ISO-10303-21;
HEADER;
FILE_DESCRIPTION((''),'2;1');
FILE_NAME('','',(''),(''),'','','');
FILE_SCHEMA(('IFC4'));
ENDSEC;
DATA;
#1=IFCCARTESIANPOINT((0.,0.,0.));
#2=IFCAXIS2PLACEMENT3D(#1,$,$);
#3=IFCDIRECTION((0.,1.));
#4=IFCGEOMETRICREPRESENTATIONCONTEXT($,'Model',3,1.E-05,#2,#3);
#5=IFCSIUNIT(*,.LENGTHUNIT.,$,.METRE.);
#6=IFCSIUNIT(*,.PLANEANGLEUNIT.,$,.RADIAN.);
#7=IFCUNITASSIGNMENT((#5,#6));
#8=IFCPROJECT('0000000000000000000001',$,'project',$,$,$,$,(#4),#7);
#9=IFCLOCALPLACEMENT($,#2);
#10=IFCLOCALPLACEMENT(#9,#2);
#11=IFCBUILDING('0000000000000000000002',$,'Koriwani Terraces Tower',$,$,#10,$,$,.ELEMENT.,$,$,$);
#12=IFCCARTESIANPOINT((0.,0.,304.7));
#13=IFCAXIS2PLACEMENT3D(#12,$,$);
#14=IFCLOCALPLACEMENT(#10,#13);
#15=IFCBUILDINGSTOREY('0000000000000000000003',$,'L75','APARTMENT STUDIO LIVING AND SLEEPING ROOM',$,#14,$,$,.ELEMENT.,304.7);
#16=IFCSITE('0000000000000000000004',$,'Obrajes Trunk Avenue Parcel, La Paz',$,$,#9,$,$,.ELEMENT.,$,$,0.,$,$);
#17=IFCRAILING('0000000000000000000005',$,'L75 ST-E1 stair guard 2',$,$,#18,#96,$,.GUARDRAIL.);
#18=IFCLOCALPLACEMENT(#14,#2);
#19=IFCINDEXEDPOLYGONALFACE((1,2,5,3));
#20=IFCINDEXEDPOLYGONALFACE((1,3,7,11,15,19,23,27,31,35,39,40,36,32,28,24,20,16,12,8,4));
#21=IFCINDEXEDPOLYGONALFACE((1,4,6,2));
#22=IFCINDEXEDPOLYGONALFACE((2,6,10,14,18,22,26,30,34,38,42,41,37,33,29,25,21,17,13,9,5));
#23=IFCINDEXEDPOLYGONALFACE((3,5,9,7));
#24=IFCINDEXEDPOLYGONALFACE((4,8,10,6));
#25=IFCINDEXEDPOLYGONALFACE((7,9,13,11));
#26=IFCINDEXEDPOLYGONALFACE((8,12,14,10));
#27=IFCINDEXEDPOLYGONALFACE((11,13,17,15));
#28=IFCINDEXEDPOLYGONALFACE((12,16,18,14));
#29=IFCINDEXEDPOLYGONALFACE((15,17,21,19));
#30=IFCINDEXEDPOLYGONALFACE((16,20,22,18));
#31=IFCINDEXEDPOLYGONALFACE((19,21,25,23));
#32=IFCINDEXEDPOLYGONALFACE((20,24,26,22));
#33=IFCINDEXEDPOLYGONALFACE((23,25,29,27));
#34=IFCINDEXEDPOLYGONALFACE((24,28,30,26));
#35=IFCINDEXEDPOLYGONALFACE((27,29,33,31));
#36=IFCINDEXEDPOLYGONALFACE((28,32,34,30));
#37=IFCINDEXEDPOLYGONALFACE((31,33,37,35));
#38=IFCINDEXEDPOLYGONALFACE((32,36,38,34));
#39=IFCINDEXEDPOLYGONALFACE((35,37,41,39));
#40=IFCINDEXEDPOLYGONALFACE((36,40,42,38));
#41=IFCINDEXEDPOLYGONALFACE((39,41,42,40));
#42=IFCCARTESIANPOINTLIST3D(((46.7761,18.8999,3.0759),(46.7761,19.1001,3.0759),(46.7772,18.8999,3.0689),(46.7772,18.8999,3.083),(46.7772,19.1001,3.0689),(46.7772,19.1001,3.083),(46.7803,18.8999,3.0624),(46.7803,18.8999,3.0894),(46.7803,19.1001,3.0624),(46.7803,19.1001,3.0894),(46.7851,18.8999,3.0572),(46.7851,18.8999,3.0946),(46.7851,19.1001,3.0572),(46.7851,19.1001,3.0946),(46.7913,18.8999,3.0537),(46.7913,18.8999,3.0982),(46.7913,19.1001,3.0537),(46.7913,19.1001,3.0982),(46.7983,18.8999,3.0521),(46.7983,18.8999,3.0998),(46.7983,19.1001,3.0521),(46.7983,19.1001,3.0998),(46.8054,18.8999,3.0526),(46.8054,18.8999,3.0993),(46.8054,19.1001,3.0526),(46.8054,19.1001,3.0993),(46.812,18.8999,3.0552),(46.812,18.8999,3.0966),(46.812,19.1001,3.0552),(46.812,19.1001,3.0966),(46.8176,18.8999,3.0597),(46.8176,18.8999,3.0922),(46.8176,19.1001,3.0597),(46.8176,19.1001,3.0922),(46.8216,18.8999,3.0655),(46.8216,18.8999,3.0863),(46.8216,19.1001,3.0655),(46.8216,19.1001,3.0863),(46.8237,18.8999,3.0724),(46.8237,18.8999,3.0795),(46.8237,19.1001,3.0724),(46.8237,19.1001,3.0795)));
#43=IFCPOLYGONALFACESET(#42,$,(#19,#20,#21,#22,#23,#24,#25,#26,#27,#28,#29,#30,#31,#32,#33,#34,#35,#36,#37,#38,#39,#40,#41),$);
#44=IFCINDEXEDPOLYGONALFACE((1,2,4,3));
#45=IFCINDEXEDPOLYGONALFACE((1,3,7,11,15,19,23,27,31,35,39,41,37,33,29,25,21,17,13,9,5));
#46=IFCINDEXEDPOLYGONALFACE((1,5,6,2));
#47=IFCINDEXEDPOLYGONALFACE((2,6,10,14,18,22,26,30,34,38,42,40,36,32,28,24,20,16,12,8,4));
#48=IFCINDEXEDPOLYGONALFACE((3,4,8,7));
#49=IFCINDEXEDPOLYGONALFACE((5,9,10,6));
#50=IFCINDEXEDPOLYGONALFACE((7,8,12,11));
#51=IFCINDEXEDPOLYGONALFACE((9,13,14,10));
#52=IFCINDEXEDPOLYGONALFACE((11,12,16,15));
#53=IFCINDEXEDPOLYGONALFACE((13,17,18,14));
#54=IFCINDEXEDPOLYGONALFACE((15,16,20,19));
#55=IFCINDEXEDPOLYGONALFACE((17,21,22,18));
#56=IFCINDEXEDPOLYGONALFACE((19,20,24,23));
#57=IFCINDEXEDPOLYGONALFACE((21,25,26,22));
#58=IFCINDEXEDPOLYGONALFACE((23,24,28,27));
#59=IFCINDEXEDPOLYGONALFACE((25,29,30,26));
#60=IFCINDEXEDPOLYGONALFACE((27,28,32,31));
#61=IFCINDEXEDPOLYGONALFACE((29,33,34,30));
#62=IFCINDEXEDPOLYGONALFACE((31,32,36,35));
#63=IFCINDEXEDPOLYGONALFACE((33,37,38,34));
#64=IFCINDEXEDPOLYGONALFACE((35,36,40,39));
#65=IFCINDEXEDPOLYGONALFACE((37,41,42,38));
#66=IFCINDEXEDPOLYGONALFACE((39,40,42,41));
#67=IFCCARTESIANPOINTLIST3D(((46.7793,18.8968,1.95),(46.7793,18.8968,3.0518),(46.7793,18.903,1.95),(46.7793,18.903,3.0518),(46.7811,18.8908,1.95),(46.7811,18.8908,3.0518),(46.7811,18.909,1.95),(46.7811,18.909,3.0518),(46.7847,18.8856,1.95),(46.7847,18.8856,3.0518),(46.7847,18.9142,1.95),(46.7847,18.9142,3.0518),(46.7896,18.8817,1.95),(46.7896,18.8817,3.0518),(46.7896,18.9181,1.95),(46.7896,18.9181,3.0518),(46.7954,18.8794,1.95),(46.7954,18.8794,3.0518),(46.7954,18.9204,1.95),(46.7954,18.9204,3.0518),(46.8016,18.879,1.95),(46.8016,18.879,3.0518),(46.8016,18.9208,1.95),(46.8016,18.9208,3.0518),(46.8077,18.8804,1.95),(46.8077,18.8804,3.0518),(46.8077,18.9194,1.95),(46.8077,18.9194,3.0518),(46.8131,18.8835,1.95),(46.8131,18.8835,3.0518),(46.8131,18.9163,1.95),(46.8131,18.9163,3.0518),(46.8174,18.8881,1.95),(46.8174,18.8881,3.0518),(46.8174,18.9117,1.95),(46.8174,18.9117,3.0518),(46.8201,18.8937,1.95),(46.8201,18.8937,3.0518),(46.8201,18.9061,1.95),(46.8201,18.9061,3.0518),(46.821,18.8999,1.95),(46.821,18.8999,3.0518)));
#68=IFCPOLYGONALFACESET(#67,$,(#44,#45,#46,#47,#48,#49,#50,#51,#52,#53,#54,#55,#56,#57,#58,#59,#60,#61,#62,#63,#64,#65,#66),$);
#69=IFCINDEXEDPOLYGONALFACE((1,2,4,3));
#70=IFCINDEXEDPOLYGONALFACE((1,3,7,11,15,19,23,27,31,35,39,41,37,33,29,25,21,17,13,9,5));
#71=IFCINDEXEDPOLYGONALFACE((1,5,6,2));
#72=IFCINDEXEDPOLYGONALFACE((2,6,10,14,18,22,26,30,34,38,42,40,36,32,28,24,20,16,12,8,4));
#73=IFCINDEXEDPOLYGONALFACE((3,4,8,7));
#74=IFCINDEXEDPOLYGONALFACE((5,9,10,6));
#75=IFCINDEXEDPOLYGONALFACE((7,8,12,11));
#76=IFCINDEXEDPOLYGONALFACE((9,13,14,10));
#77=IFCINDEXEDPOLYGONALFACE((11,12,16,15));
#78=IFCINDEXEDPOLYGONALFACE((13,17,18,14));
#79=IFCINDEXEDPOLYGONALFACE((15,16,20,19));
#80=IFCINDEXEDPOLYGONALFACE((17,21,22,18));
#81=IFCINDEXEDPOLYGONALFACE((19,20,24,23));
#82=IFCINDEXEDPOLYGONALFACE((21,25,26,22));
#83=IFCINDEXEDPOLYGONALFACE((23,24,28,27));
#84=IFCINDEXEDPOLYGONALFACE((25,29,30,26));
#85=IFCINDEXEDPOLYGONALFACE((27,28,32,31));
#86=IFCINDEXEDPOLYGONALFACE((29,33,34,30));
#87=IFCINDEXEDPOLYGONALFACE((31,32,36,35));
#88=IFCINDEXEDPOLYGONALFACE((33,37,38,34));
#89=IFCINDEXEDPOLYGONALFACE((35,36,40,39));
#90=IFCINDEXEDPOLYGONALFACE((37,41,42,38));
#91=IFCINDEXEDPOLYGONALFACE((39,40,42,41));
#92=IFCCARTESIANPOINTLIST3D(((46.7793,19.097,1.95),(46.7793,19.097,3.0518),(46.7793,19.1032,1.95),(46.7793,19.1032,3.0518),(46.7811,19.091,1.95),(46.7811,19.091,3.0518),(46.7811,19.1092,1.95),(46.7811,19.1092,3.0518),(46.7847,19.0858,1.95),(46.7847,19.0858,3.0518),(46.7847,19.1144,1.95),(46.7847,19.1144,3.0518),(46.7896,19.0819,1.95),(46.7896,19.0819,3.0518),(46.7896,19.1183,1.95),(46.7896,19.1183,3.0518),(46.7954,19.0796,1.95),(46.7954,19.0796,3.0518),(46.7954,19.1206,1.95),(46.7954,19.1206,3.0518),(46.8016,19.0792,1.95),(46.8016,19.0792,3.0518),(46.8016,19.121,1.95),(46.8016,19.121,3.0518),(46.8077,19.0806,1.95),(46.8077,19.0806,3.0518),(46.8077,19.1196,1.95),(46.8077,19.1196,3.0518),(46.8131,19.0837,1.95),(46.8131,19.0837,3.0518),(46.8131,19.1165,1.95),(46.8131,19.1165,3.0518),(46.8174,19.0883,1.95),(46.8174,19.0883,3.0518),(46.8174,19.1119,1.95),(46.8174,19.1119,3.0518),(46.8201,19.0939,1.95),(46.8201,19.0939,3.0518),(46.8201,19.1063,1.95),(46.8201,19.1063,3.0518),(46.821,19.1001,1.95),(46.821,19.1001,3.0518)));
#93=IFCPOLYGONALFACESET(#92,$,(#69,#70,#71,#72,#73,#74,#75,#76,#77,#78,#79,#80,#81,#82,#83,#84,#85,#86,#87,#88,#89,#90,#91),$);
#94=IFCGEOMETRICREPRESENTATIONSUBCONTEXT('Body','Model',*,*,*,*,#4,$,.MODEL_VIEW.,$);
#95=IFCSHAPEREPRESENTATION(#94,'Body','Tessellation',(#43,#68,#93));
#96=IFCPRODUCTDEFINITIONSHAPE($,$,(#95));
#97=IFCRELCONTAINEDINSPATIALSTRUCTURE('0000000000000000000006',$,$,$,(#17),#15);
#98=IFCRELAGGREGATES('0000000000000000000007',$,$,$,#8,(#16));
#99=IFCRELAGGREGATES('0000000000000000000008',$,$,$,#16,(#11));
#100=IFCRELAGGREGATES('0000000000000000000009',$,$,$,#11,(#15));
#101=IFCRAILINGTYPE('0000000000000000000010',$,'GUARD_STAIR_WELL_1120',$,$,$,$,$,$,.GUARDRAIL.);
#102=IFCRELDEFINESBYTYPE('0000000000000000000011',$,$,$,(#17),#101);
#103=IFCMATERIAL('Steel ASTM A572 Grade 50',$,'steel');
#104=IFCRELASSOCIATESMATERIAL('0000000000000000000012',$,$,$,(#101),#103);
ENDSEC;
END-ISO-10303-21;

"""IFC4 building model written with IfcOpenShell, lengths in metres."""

from ifc_helpers import new_model, si_unit, direction, frame, origin, origin_2d, place, context, subcontext, project, spatial, circle, extrude, material, type_object, element, save


model = new_model("IFC4")

# Units and contexts
model_context = context("Model", 3, precision=1e-05, world=origin(), true_north=direction((0.0, 1.0)))
body_context = subcontext(model_context, "Body", "Model", "MODEL_VIEW")
ifc_project = project(units=[si_unit("LENGTHUNIT", "METRE"), si_unit("PLANEANGLEUNIT", "RADIAN")], contexts=[model_context])

# Site, building, storey
site_placement = place(None, origin())
site = spatial("IfcSite", under=ifc_project, at=site_placement, Name="Obrajes Trunk Avenue Parcel, La Paz", CompositionType="ELEMENT", RefElevation=0.0)
building_placement = place(site_placement, origin())
building = spatial("IfcBuilding", under=site, at=building_placement, Name="Koriwani Terraces Tower", CompositionType="ELEMENT")
storey_placement = place(building_placement, frame((0.0, 0.0, 304.7)))
storey = spatial("IfcBuildingStorey", under=building, at=storey_placement, Name="L75", Description="APARTMENT STUDIO LIVING AND SLEEPING ROOM", CompositionType="ELEMENT", Elevation=304.7)

# Shared definitions
ifc_material_1 = material(Name="Steel ASTM A572 Grade 50", Category="steel")

# Railing
railing_type_1 = type_object("IfcRailingType", Name="GUARD_STAIR_WELL_1120", PredefinedType="GUARDRAIL", material=ifc_material_1)
railing_1_placement = place(storey_placement, frame((46.8, 18.8999, 1.95)))
element("IfcRailing", 1, at=railing_1_placement, inside=storey, type_object=railing_type_1, Name="L75 ST-E1 stair guard 2", PredefinedType="GUARDRAIL", context=body_context, shape_type="SweptSolid", body=[
    extrude(circle(Radius=0.0239, at=origin_2d()), frame((0.0, 0.0, 1.126), z_axis=(0.0, 1.0, 0.0), x_axis=(-1.0, 0.0, 0.0)), (0.0, 0.0, 1.0), 0.2002),
    extrude(circle(Radius=0.021, at=origin_2d()), origin(), (0.0, 0.0, 1.0), 1.1018),
    extrude(circle(Radius=0.021, at=origin_2d()), frame((0.0, 0.2002, 0.0)), (0.0, 0.0, 1.0), 1.1018),
])

save(model, "model.ifc")
